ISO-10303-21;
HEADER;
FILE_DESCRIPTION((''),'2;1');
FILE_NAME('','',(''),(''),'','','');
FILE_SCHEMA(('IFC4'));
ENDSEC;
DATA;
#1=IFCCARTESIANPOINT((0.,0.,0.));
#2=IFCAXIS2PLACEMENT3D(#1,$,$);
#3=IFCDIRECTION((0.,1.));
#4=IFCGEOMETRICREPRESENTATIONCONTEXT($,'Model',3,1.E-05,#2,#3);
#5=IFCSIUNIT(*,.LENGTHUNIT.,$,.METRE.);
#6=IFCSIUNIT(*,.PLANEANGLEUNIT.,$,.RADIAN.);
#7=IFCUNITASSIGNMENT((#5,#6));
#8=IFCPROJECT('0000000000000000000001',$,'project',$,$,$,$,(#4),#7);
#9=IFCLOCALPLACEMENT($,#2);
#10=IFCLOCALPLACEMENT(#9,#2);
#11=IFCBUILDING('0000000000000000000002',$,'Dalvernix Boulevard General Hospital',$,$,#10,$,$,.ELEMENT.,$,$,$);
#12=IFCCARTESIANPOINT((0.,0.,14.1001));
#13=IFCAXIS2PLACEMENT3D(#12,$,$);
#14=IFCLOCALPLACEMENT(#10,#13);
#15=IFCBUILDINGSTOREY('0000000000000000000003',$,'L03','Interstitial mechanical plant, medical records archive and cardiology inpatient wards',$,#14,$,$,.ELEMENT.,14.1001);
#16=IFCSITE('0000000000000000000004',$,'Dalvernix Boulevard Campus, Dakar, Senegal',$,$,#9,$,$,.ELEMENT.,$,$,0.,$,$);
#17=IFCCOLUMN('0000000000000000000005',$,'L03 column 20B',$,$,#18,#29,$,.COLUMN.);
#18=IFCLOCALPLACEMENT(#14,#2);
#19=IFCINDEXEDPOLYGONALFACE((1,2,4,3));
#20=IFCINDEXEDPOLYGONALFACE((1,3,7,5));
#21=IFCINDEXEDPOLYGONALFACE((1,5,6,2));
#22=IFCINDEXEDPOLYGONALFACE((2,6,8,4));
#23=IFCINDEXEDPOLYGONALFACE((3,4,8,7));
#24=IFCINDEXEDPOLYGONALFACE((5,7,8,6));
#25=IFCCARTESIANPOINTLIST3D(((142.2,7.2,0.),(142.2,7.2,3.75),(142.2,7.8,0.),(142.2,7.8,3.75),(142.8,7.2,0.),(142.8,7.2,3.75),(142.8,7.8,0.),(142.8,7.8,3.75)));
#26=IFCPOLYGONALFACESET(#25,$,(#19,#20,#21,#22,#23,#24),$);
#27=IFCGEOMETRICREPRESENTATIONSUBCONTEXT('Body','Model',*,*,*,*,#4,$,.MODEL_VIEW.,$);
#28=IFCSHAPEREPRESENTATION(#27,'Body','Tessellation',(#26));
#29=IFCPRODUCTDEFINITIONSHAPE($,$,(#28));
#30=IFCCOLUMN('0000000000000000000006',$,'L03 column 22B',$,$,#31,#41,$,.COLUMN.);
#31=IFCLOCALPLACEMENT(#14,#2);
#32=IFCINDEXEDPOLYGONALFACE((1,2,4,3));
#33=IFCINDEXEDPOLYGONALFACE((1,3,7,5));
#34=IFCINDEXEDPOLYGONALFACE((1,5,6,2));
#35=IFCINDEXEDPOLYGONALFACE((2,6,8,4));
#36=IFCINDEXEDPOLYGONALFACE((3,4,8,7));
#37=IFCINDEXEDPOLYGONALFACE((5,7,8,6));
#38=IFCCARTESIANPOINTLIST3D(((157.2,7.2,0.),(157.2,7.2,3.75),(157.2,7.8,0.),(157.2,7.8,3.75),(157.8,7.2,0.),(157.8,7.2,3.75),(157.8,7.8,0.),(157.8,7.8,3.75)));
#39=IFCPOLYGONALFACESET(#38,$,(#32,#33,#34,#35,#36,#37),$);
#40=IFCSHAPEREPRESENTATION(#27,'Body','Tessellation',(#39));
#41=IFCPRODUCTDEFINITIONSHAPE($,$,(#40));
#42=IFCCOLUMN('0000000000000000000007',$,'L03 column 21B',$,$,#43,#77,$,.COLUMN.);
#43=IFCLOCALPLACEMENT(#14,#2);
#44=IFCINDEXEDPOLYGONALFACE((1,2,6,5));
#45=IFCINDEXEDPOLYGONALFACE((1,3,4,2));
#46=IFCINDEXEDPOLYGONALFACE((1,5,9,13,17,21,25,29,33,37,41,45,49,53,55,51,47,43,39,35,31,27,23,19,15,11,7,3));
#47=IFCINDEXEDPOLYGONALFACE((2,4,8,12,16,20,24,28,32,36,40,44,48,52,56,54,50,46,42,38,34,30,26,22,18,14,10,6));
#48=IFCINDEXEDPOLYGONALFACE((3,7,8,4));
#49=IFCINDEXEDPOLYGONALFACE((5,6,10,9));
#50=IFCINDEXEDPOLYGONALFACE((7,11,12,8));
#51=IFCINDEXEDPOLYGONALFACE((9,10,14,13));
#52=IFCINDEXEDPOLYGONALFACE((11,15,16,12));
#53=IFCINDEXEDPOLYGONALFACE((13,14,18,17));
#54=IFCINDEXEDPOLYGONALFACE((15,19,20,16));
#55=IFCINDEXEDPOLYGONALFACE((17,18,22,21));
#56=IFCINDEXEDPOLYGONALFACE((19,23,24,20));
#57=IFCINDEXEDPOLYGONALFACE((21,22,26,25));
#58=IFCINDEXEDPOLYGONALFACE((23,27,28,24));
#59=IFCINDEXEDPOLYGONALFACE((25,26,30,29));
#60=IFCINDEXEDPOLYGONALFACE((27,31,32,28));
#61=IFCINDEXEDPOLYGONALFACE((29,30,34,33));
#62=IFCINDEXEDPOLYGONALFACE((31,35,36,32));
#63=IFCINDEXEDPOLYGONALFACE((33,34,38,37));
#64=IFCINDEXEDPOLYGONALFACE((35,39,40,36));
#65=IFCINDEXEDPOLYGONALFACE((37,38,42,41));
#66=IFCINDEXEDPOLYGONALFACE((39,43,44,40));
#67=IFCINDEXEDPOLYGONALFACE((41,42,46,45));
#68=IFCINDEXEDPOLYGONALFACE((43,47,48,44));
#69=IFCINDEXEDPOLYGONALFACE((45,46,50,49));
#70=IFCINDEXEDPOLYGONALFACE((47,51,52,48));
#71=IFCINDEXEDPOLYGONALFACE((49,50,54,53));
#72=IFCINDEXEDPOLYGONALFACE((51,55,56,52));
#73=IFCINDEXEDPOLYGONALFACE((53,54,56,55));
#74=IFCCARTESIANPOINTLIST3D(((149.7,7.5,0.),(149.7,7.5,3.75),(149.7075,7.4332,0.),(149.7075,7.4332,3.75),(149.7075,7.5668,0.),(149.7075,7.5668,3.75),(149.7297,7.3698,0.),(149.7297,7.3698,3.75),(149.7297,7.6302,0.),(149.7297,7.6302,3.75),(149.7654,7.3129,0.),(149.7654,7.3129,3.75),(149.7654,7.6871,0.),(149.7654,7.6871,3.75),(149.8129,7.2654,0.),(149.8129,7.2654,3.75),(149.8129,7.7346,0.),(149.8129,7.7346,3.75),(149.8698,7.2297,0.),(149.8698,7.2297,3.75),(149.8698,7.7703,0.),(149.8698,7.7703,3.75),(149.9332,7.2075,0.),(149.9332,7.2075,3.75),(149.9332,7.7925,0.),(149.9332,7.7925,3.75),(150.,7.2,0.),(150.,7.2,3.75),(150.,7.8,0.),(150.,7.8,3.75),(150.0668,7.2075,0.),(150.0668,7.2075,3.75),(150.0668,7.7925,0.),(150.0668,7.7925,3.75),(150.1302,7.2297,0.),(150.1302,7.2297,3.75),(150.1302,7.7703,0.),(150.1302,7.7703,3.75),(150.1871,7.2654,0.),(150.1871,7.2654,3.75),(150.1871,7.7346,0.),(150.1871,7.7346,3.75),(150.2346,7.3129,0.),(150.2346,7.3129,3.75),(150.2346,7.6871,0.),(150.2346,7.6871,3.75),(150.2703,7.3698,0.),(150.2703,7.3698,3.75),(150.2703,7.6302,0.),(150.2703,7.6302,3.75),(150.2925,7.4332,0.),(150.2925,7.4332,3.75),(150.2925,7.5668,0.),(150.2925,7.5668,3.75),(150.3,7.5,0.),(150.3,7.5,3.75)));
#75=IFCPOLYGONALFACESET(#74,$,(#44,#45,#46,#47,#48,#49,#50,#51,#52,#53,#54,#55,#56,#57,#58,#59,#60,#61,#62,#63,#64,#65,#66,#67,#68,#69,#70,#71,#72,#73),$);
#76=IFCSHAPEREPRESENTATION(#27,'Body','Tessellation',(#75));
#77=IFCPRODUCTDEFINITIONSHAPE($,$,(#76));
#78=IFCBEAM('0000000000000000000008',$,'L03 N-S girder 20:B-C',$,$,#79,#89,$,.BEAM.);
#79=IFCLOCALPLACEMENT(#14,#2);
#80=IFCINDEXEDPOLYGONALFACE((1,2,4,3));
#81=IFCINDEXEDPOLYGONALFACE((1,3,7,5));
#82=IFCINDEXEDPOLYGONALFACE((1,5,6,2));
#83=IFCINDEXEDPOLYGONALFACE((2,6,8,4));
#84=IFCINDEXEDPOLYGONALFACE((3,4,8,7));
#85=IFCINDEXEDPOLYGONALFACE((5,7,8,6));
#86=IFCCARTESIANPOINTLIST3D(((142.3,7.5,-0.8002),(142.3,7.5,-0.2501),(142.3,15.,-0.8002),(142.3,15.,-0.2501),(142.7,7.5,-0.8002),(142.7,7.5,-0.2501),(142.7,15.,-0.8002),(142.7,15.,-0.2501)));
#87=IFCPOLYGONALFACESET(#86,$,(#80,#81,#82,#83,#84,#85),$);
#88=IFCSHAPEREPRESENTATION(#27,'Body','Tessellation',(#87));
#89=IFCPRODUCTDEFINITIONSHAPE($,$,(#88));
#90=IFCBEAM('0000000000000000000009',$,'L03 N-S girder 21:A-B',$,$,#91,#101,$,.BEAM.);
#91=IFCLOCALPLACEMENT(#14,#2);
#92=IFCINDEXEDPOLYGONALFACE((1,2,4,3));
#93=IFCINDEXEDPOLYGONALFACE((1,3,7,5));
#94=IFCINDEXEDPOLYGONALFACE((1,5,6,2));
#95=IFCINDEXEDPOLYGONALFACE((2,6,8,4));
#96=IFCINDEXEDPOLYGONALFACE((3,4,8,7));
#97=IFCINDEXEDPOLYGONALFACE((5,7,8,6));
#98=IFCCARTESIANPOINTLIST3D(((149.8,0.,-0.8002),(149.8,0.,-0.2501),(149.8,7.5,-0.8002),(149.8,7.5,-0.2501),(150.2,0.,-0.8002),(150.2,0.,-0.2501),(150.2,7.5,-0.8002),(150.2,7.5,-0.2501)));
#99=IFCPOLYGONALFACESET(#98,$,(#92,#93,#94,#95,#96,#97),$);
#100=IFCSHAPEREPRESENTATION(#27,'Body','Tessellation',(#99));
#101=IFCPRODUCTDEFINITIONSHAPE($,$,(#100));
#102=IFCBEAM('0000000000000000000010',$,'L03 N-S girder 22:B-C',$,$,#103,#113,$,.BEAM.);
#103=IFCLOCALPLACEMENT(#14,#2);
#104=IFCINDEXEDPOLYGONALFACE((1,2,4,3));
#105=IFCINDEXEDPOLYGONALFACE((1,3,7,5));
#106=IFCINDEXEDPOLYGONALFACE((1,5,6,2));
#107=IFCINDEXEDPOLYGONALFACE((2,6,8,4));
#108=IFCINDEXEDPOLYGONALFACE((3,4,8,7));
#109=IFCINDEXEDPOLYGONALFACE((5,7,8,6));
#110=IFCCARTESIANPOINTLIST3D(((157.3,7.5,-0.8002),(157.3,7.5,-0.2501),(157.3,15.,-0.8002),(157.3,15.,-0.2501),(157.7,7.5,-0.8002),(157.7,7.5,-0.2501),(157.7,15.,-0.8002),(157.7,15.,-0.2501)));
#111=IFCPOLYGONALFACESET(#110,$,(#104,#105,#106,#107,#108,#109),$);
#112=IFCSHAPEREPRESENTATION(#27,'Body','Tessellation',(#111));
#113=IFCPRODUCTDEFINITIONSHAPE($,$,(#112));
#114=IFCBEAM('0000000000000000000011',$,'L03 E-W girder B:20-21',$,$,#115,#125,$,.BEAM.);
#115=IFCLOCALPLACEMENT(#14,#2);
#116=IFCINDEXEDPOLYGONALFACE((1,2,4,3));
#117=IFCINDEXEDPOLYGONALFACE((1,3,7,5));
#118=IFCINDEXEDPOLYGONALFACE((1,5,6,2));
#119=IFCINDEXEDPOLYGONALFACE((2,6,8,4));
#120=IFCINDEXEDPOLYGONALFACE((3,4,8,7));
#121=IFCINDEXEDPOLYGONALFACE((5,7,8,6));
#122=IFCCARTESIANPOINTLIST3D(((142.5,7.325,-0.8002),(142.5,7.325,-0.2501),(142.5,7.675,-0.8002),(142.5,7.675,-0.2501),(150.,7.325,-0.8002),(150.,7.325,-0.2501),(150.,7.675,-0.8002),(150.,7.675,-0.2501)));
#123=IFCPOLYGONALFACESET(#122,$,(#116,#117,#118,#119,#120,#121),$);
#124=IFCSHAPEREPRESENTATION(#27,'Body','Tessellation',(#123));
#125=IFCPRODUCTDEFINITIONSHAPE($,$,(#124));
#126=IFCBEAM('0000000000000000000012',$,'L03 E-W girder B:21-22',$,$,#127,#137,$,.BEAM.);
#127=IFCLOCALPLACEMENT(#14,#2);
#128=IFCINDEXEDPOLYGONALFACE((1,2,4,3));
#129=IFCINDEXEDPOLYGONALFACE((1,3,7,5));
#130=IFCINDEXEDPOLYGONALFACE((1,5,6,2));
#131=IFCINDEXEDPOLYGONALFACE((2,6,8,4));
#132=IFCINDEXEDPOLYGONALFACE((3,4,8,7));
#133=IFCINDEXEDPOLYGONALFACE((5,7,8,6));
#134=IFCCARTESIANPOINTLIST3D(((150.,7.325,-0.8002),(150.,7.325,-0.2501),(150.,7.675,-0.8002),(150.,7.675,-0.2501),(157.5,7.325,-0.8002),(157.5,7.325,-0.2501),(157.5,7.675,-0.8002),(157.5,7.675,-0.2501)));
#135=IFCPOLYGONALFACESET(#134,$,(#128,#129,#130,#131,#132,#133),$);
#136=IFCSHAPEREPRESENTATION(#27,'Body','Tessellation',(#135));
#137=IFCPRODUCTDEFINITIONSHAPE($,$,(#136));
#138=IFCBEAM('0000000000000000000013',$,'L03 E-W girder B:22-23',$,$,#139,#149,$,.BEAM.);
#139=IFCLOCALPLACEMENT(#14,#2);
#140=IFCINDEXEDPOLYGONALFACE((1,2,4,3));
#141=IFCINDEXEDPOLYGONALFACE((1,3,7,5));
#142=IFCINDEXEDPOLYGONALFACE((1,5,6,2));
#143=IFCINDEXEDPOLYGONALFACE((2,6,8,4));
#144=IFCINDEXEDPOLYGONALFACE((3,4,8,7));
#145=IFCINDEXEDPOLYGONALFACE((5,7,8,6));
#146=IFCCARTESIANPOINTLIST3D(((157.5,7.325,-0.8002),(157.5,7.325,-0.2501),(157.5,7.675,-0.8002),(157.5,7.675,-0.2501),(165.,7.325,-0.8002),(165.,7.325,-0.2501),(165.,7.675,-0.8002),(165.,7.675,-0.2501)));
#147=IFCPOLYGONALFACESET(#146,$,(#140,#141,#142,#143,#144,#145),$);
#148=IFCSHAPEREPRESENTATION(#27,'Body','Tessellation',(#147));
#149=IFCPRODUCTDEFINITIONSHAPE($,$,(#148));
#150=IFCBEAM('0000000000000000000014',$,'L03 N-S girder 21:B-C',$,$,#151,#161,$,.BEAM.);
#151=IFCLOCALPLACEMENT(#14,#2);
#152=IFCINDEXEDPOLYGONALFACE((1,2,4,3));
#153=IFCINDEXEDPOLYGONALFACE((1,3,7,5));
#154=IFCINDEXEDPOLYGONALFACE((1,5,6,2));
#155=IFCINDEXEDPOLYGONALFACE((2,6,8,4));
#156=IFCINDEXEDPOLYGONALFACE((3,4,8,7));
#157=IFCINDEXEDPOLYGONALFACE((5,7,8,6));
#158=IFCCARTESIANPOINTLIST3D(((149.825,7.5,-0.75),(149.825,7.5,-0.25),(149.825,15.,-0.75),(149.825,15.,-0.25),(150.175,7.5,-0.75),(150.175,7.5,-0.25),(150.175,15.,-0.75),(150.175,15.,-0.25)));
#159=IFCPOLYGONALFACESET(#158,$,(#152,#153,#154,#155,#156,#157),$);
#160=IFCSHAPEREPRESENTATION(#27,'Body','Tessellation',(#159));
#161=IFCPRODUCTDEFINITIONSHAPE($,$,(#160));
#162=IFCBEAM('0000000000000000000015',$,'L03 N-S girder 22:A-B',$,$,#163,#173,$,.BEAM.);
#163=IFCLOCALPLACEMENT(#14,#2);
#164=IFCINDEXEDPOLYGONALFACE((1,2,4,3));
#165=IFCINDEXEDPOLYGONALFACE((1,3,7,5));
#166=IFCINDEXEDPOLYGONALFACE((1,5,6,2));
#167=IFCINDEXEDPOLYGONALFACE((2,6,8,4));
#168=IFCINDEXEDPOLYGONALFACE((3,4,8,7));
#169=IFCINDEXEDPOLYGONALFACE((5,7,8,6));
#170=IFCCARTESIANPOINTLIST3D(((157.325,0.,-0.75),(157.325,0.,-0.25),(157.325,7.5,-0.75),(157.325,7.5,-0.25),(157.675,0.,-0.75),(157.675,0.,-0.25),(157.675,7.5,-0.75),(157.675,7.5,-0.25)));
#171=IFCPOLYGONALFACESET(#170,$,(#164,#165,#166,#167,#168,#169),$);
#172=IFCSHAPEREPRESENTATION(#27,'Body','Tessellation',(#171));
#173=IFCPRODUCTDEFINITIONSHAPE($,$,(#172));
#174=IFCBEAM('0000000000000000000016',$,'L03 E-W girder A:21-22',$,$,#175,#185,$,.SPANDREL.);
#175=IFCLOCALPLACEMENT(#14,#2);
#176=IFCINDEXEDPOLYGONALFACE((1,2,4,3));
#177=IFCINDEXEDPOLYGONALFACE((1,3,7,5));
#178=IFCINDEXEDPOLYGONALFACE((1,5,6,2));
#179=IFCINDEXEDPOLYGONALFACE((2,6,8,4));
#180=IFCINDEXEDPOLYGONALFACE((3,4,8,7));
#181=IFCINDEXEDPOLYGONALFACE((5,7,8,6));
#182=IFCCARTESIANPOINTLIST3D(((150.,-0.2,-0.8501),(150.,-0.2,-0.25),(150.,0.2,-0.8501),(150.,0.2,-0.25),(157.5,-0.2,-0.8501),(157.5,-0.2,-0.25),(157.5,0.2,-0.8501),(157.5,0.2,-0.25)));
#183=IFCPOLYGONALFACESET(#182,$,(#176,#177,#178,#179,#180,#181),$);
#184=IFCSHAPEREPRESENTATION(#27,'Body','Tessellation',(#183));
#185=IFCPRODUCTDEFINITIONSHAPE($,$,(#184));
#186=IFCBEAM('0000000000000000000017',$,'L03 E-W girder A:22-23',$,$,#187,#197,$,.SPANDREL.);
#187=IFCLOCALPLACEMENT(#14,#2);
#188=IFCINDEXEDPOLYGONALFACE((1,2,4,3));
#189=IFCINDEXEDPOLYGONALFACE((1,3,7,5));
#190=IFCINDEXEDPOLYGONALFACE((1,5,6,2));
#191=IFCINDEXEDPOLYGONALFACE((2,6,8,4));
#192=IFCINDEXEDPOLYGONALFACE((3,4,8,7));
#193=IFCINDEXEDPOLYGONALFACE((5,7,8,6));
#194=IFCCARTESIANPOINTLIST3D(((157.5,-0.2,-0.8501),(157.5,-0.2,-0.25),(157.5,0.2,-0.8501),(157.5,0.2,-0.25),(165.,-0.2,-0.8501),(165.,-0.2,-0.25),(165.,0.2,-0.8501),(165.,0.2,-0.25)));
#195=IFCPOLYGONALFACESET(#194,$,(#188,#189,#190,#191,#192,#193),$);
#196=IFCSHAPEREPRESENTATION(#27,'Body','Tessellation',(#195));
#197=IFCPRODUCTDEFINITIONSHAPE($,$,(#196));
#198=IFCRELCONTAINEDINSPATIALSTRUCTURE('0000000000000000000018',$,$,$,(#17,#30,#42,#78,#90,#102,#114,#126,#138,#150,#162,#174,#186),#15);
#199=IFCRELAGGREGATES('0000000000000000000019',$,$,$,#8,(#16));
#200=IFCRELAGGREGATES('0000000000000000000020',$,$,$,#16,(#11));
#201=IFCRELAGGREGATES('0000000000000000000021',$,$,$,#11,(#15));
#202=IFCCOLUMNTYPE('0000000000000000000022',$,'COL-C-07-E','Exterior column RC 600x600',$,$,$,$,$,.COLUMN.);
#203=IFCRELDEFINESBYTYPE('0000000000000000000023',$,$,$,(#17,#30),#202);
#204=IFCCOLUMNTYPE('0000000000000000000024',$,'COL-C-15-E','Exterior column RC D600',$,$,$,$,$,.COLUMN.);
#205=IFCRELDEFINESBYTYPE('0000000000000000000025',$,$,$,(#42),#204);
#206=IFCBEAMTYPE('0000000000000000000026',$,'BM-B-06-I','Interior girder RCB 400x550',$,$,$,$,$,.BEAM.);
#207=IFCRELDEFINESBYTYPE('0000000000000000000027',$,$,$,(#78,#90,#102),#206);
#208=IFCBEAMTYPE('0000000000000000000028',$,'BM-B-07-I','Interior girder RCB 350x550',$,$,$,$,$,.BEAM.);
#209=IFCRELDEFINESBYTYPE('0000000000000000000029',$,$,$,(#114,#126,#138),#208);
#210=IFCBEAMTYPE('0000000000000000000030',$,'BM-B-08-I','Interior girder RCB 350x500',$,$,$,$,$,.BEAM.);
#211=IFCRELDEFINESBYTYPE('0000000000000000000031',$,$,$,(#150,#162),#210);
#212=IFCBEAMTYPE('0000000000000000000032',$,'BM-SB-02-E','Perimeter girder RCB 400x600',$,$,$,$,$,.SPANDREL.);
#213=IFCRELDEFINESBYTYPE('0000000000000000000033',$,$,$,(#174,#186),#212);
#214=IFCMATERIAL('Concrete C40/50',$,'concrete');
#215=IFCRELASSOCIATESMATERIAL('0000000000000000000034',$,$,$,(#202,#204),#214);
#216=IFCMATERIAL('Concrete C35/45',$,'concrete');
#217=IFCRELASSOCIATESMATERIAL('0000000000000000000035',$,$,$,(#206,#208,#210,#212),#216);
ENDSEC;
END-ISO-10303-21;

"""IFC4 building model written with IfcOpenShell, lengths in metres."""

from ifc_helpers import new_model, si_unit, direction, frame, origin, origin_2d, place, context, subcontext, project, spatial, rectangle, circle, extrude, material, material_profile, profile_set, type_object, element, save


model = new_model("IFC4")

# Units and contexts
model_context = context("Model", 3, precision=1e-05, world=origin(), true_north=direction((0.0, 1.0)))
body_context = subcontext(model_context, "Body", "Model", "MODEL_VIEW")
ifc_project = project(units=[si_unit("LENGTHUNIT", "METRE"), si_unit("PLANEANGLEUNIT", "RADIAN")], contexts=[model_context])

# Site, building, storey
site_placement = place(None, origin())
site = spatial("IfcSite", under=ifc_project, at=site_placement, Name="Dalvernix Boulevard Campus, Dakar, Senegal", CompositionType="ELEMENT", RefElevation=0.0)
building_placement = place(site_placement, origin())
building = spatial("IfcBuilding", under=site, at=building_placement, Name="Dalvernix Boulevard General Hospital", CompositionType="ELEMENT")
storey_placement = place(building_placement, frame((0.0, 0.0, 14.1001)))
storey = spatial("IfcBuildingStorey", under=building, at=storey_placement, Name="L03", Description="Interstitial mechanical plant, medical records archive and cardiology inpatient wards", CompositionType="ELEMENT", Elevation=14.1001)

# Columns
ifc_material_1 = material(Name="Concrete C40/50", Category="concrete")
ifc_material_profile_1 = material_profile(ifc_material_1, rectangle(XDim=0.6001, YDim=0.6001, at=origin_2d()), Name="RC 600x600")
ifc_profile_set_1 = profile_set([ifc_material_profile_1], Name="Concrete C40/50")
column_type_1 = type_object("IfcColumnType", Name="COL-C-07-E", Description="Exterior column RC 600x600", PredefinedType="COLUMN", material=ifc_profile_set_1)
for number, where, z_axis, x_axis, name in (
    (1, (142.5, 7.5, 0.0), (0.0, 0.0, 1.0), (1.0, 0.0, 0.0), "L03 column 20B"),
    (2, (157.5, 7.5, 0.0), (0.0, 0.0, 1.0), (1.0, 0.0, 0.0), "L03 column 22B"),
):
    element("IfcColumn", number, at=place(storey_placement, frame(where, z_axis=z_axis, x_axis=x_axis)), inside=storey, type_object=column_type_1, Name=name, PredefinedType="COLUMN", context=body_context, shape_type="SweptSolid", body=[
        extrude(rectangle(XDim=0.6001, YDim=0.6001, at=origin_2d()), origin(), (0.0, 0.0, 1.0), 3.75),
    ])
ifc_material_profile_2 = material_profile(ifc_material_1, circle(Radius=0.3, at=origin_2d()), Name="RC D600")
ifc_profile_set_2 = profile_set([ifc_material_profile_2], Name="Concrete C40/50")
column_type_2 = type_object("IfcColumnType", Name="COL-C-15-E", Description="Exterior column RC D600", PredefinedType="COLUMN", material=ifc_profile_set_2)
column_placement = place(storey_placement, frame((150.0, 7.5, 0.0), z_axis=(0.0, 0.0, 1.0), x_axis=(1.0, 0.0, 0.0)))
element("IfcColumn", 3, at=column_placement, inside=storey, type_object=column_type_2, Name="L03 column 21B", PredefinedType="COLUMN", context=body_context, shape_type="SweptSolid", body=[
    extrude(circle(Radius=0.3, at=origin_2d()), origin(), (0.0, 0.0, 1.0), 3.75),
])

# Beams
ifc_material_2 = material(Name="Concrete C35/45", Category="concrete")
ifc_material_profile_3 = material_profile(ifc_material_2, rectangle(XDim=0.3999, YDim=0.55, at=origin_2d()), Name="RCB 400x550")
ifc_profile_set_3 = profile_set([ifc_material_profile_3], Name="Concrete C35/45")
beam_type_1 = type_object("IfcBeamType", Name="BM-B-06-I", Description="Interior girder RCB 400x550", PredefinedType="BEAM", material=ifc_profile_set_3)
for number, where, z_axis, x_axis, name in (
    (4, (142.5, 7.5, -0.5251), (0.0, 1.0, 0.0), (-1.0, 0.0, 0.0), "L03 N-S girder 20:B-C"),
    (5, (150.0, 0.0, -0.5251), (0.0, 1.0, 0.0), (-1.0, 0.0, 0.0), "L03 N-S girder 21:A-B"),
    (6, (157.5, 7.5, -0.5251), (0.0, 1.0, 0.0), (-1.0, 0.0, 0.0), "L03 N-S girder 22:B-C"),
):
    element("IfcBeam", number, at=place(storey_placement, frame(where, z_axis=z_axis, x_axis=x_axis)), inside=storey, type_object=beam_type_1, Name=name, PredefinedType="BEAM", context=body_context, shape_type="SweptSolid", body=[
        extrude(rectangle(XDim=0.3999, YDim=0.55, at=origin_2d()), origin(), (0.0, 0.0, 1.0), 7.5),
    ])
ifc_material_profile_4 = material_profile(ifc_material_2, rectangle(XDim=0.3501, YDim=0.55, at=origin_2d()), Name="RCB 350x550")
ifc_profile_set_4 = profile_set([ifc_material_profile_4], Name="Concrete C35/45")
beam_type_2 = type_object("IfcBeamType", Name="BM-B-07-I", Description="Interior girder RCB 350x550", PredefinedType="BEAM", material=ifc_profile_set_4)
for number, where, z_axis, x_axis, name in (
    (7, (142.5, 7.5, -0.5251), (1.0, 0.0, 0.0), (0.0, 1.0, 0.0), "L03 E-W girder B:20-21"),
    (8, (150.0, 7.5, -0.5251), (1.0, 0.0, 0.0), (0.0, 1.0, 0.0), "L03 E-W girder B:21-22"),
    (9, (157.5, 7.5, -0.5251), (1.0, 0.0, 0.0), (0.0, 1.0, 0.0), "L03 E-W girder B:22-23"),
):
    element("IfcBeam", number, at=place(storey_placement, frame(where, z_axis=z_axis, x_axis=x_axis)), inside=storey, type_object=beam_type_2, Name=name, PredefinedType="BEAM", context=body_context, shape_type="SweptSolid", body=[
        extrude(rectangle(XDim=0.3501, YDim=0.55, at=origin_2d()), origin(), (0.0, 0.0, 1.0), 7.5),
    ])
ifc_material_profile_5 = material_profile(ifc_material_2, rectangle(XDim=0.3501, YDim=0.5, at=origin_2d()), Name="RCB 350x500")
ifc_profile_set_5 = profile_set([ifc_material_profile_5], Name="Concrete C35/45")
beam_type_3 = type_object("IfcBeamType", Name="BM-B-08-I", Description="Interior girder RCB 350x500", PredefinedType="BEAM", material=ifc_profile_set_5)
for number, where, z_axis, x_axis, name in (
    (10, (150.0, 7.5, -0.5), (0.0, 1.0, 0.0), (-1.0, 0.0, 0.0), "L03 N-S girder 21:B-C"),
    (11, (157.5, 0.0, -0.5), (0.0, 1.0, 0.0), (-1.0, 0.0, 0.0), "L03 N-S girder 22:A-B"),
):
    element("IfcBeam", number, at=place(storey_placement, frame(where, z_axis=z_axis, x_axis=x_axis)), inside=storey, type_object=beam_type_3, Name=name, PredefinedType="BEAM", context=body_context, shape_type="SweptSolid", body=[
        extrude(rectangle(XDim=0.3501, YDim=0.5, at=origin_2d()), origin(), (0.0, 0.0, 1.0), 7.5),
    ])
ifc_material_profile_6 = material_profile(ifc_material_2, rectangle(XDim=0.3999, YDim=0.6001, at=origin_2d()), Name="RCB 400x600")
ifc_profile_set_6 = profile_set([ifc_material_profile_6], Name="Concrete C35/45")
beam_type_4 = type_object("IfcBeamType", Name="BM-SB-02-E", Description="Perimeter girder RCB 400x600", PredefinedType="SPANDREL", material=ifc_profile_set_6)
for number, where, z_axis, x_axis, name in (
    (12, (150.0, 0.0, -0.55), (1.0, 0.0, 0.0), (0.0, 1.0, 0.0), "L03 E-W girder A:21-22"),
    (13, (157.5, 0.0, -0.55), (1.0, 0.0, 0.0), (0.0, 1.0, 0.0), "L03 E-W girder A:22-23"),
):
    element("IfcBeam", number, at=place(storey_placement, frame(where, z_axis=z_axis, x_axis=x_axis)), inside=storey, type_object=beam_type_4, Name=name, PredefinedType="SPANDREL", context=body_context, shape_type="SweptSolid", body=[
        extrude(rectangle(XDim=0.3999, YDim=0.6001, at=origin_2d()), origin(), (0.0, 0.0, 1.0), 7.5),
    ])

save(model, "model.ifc")
